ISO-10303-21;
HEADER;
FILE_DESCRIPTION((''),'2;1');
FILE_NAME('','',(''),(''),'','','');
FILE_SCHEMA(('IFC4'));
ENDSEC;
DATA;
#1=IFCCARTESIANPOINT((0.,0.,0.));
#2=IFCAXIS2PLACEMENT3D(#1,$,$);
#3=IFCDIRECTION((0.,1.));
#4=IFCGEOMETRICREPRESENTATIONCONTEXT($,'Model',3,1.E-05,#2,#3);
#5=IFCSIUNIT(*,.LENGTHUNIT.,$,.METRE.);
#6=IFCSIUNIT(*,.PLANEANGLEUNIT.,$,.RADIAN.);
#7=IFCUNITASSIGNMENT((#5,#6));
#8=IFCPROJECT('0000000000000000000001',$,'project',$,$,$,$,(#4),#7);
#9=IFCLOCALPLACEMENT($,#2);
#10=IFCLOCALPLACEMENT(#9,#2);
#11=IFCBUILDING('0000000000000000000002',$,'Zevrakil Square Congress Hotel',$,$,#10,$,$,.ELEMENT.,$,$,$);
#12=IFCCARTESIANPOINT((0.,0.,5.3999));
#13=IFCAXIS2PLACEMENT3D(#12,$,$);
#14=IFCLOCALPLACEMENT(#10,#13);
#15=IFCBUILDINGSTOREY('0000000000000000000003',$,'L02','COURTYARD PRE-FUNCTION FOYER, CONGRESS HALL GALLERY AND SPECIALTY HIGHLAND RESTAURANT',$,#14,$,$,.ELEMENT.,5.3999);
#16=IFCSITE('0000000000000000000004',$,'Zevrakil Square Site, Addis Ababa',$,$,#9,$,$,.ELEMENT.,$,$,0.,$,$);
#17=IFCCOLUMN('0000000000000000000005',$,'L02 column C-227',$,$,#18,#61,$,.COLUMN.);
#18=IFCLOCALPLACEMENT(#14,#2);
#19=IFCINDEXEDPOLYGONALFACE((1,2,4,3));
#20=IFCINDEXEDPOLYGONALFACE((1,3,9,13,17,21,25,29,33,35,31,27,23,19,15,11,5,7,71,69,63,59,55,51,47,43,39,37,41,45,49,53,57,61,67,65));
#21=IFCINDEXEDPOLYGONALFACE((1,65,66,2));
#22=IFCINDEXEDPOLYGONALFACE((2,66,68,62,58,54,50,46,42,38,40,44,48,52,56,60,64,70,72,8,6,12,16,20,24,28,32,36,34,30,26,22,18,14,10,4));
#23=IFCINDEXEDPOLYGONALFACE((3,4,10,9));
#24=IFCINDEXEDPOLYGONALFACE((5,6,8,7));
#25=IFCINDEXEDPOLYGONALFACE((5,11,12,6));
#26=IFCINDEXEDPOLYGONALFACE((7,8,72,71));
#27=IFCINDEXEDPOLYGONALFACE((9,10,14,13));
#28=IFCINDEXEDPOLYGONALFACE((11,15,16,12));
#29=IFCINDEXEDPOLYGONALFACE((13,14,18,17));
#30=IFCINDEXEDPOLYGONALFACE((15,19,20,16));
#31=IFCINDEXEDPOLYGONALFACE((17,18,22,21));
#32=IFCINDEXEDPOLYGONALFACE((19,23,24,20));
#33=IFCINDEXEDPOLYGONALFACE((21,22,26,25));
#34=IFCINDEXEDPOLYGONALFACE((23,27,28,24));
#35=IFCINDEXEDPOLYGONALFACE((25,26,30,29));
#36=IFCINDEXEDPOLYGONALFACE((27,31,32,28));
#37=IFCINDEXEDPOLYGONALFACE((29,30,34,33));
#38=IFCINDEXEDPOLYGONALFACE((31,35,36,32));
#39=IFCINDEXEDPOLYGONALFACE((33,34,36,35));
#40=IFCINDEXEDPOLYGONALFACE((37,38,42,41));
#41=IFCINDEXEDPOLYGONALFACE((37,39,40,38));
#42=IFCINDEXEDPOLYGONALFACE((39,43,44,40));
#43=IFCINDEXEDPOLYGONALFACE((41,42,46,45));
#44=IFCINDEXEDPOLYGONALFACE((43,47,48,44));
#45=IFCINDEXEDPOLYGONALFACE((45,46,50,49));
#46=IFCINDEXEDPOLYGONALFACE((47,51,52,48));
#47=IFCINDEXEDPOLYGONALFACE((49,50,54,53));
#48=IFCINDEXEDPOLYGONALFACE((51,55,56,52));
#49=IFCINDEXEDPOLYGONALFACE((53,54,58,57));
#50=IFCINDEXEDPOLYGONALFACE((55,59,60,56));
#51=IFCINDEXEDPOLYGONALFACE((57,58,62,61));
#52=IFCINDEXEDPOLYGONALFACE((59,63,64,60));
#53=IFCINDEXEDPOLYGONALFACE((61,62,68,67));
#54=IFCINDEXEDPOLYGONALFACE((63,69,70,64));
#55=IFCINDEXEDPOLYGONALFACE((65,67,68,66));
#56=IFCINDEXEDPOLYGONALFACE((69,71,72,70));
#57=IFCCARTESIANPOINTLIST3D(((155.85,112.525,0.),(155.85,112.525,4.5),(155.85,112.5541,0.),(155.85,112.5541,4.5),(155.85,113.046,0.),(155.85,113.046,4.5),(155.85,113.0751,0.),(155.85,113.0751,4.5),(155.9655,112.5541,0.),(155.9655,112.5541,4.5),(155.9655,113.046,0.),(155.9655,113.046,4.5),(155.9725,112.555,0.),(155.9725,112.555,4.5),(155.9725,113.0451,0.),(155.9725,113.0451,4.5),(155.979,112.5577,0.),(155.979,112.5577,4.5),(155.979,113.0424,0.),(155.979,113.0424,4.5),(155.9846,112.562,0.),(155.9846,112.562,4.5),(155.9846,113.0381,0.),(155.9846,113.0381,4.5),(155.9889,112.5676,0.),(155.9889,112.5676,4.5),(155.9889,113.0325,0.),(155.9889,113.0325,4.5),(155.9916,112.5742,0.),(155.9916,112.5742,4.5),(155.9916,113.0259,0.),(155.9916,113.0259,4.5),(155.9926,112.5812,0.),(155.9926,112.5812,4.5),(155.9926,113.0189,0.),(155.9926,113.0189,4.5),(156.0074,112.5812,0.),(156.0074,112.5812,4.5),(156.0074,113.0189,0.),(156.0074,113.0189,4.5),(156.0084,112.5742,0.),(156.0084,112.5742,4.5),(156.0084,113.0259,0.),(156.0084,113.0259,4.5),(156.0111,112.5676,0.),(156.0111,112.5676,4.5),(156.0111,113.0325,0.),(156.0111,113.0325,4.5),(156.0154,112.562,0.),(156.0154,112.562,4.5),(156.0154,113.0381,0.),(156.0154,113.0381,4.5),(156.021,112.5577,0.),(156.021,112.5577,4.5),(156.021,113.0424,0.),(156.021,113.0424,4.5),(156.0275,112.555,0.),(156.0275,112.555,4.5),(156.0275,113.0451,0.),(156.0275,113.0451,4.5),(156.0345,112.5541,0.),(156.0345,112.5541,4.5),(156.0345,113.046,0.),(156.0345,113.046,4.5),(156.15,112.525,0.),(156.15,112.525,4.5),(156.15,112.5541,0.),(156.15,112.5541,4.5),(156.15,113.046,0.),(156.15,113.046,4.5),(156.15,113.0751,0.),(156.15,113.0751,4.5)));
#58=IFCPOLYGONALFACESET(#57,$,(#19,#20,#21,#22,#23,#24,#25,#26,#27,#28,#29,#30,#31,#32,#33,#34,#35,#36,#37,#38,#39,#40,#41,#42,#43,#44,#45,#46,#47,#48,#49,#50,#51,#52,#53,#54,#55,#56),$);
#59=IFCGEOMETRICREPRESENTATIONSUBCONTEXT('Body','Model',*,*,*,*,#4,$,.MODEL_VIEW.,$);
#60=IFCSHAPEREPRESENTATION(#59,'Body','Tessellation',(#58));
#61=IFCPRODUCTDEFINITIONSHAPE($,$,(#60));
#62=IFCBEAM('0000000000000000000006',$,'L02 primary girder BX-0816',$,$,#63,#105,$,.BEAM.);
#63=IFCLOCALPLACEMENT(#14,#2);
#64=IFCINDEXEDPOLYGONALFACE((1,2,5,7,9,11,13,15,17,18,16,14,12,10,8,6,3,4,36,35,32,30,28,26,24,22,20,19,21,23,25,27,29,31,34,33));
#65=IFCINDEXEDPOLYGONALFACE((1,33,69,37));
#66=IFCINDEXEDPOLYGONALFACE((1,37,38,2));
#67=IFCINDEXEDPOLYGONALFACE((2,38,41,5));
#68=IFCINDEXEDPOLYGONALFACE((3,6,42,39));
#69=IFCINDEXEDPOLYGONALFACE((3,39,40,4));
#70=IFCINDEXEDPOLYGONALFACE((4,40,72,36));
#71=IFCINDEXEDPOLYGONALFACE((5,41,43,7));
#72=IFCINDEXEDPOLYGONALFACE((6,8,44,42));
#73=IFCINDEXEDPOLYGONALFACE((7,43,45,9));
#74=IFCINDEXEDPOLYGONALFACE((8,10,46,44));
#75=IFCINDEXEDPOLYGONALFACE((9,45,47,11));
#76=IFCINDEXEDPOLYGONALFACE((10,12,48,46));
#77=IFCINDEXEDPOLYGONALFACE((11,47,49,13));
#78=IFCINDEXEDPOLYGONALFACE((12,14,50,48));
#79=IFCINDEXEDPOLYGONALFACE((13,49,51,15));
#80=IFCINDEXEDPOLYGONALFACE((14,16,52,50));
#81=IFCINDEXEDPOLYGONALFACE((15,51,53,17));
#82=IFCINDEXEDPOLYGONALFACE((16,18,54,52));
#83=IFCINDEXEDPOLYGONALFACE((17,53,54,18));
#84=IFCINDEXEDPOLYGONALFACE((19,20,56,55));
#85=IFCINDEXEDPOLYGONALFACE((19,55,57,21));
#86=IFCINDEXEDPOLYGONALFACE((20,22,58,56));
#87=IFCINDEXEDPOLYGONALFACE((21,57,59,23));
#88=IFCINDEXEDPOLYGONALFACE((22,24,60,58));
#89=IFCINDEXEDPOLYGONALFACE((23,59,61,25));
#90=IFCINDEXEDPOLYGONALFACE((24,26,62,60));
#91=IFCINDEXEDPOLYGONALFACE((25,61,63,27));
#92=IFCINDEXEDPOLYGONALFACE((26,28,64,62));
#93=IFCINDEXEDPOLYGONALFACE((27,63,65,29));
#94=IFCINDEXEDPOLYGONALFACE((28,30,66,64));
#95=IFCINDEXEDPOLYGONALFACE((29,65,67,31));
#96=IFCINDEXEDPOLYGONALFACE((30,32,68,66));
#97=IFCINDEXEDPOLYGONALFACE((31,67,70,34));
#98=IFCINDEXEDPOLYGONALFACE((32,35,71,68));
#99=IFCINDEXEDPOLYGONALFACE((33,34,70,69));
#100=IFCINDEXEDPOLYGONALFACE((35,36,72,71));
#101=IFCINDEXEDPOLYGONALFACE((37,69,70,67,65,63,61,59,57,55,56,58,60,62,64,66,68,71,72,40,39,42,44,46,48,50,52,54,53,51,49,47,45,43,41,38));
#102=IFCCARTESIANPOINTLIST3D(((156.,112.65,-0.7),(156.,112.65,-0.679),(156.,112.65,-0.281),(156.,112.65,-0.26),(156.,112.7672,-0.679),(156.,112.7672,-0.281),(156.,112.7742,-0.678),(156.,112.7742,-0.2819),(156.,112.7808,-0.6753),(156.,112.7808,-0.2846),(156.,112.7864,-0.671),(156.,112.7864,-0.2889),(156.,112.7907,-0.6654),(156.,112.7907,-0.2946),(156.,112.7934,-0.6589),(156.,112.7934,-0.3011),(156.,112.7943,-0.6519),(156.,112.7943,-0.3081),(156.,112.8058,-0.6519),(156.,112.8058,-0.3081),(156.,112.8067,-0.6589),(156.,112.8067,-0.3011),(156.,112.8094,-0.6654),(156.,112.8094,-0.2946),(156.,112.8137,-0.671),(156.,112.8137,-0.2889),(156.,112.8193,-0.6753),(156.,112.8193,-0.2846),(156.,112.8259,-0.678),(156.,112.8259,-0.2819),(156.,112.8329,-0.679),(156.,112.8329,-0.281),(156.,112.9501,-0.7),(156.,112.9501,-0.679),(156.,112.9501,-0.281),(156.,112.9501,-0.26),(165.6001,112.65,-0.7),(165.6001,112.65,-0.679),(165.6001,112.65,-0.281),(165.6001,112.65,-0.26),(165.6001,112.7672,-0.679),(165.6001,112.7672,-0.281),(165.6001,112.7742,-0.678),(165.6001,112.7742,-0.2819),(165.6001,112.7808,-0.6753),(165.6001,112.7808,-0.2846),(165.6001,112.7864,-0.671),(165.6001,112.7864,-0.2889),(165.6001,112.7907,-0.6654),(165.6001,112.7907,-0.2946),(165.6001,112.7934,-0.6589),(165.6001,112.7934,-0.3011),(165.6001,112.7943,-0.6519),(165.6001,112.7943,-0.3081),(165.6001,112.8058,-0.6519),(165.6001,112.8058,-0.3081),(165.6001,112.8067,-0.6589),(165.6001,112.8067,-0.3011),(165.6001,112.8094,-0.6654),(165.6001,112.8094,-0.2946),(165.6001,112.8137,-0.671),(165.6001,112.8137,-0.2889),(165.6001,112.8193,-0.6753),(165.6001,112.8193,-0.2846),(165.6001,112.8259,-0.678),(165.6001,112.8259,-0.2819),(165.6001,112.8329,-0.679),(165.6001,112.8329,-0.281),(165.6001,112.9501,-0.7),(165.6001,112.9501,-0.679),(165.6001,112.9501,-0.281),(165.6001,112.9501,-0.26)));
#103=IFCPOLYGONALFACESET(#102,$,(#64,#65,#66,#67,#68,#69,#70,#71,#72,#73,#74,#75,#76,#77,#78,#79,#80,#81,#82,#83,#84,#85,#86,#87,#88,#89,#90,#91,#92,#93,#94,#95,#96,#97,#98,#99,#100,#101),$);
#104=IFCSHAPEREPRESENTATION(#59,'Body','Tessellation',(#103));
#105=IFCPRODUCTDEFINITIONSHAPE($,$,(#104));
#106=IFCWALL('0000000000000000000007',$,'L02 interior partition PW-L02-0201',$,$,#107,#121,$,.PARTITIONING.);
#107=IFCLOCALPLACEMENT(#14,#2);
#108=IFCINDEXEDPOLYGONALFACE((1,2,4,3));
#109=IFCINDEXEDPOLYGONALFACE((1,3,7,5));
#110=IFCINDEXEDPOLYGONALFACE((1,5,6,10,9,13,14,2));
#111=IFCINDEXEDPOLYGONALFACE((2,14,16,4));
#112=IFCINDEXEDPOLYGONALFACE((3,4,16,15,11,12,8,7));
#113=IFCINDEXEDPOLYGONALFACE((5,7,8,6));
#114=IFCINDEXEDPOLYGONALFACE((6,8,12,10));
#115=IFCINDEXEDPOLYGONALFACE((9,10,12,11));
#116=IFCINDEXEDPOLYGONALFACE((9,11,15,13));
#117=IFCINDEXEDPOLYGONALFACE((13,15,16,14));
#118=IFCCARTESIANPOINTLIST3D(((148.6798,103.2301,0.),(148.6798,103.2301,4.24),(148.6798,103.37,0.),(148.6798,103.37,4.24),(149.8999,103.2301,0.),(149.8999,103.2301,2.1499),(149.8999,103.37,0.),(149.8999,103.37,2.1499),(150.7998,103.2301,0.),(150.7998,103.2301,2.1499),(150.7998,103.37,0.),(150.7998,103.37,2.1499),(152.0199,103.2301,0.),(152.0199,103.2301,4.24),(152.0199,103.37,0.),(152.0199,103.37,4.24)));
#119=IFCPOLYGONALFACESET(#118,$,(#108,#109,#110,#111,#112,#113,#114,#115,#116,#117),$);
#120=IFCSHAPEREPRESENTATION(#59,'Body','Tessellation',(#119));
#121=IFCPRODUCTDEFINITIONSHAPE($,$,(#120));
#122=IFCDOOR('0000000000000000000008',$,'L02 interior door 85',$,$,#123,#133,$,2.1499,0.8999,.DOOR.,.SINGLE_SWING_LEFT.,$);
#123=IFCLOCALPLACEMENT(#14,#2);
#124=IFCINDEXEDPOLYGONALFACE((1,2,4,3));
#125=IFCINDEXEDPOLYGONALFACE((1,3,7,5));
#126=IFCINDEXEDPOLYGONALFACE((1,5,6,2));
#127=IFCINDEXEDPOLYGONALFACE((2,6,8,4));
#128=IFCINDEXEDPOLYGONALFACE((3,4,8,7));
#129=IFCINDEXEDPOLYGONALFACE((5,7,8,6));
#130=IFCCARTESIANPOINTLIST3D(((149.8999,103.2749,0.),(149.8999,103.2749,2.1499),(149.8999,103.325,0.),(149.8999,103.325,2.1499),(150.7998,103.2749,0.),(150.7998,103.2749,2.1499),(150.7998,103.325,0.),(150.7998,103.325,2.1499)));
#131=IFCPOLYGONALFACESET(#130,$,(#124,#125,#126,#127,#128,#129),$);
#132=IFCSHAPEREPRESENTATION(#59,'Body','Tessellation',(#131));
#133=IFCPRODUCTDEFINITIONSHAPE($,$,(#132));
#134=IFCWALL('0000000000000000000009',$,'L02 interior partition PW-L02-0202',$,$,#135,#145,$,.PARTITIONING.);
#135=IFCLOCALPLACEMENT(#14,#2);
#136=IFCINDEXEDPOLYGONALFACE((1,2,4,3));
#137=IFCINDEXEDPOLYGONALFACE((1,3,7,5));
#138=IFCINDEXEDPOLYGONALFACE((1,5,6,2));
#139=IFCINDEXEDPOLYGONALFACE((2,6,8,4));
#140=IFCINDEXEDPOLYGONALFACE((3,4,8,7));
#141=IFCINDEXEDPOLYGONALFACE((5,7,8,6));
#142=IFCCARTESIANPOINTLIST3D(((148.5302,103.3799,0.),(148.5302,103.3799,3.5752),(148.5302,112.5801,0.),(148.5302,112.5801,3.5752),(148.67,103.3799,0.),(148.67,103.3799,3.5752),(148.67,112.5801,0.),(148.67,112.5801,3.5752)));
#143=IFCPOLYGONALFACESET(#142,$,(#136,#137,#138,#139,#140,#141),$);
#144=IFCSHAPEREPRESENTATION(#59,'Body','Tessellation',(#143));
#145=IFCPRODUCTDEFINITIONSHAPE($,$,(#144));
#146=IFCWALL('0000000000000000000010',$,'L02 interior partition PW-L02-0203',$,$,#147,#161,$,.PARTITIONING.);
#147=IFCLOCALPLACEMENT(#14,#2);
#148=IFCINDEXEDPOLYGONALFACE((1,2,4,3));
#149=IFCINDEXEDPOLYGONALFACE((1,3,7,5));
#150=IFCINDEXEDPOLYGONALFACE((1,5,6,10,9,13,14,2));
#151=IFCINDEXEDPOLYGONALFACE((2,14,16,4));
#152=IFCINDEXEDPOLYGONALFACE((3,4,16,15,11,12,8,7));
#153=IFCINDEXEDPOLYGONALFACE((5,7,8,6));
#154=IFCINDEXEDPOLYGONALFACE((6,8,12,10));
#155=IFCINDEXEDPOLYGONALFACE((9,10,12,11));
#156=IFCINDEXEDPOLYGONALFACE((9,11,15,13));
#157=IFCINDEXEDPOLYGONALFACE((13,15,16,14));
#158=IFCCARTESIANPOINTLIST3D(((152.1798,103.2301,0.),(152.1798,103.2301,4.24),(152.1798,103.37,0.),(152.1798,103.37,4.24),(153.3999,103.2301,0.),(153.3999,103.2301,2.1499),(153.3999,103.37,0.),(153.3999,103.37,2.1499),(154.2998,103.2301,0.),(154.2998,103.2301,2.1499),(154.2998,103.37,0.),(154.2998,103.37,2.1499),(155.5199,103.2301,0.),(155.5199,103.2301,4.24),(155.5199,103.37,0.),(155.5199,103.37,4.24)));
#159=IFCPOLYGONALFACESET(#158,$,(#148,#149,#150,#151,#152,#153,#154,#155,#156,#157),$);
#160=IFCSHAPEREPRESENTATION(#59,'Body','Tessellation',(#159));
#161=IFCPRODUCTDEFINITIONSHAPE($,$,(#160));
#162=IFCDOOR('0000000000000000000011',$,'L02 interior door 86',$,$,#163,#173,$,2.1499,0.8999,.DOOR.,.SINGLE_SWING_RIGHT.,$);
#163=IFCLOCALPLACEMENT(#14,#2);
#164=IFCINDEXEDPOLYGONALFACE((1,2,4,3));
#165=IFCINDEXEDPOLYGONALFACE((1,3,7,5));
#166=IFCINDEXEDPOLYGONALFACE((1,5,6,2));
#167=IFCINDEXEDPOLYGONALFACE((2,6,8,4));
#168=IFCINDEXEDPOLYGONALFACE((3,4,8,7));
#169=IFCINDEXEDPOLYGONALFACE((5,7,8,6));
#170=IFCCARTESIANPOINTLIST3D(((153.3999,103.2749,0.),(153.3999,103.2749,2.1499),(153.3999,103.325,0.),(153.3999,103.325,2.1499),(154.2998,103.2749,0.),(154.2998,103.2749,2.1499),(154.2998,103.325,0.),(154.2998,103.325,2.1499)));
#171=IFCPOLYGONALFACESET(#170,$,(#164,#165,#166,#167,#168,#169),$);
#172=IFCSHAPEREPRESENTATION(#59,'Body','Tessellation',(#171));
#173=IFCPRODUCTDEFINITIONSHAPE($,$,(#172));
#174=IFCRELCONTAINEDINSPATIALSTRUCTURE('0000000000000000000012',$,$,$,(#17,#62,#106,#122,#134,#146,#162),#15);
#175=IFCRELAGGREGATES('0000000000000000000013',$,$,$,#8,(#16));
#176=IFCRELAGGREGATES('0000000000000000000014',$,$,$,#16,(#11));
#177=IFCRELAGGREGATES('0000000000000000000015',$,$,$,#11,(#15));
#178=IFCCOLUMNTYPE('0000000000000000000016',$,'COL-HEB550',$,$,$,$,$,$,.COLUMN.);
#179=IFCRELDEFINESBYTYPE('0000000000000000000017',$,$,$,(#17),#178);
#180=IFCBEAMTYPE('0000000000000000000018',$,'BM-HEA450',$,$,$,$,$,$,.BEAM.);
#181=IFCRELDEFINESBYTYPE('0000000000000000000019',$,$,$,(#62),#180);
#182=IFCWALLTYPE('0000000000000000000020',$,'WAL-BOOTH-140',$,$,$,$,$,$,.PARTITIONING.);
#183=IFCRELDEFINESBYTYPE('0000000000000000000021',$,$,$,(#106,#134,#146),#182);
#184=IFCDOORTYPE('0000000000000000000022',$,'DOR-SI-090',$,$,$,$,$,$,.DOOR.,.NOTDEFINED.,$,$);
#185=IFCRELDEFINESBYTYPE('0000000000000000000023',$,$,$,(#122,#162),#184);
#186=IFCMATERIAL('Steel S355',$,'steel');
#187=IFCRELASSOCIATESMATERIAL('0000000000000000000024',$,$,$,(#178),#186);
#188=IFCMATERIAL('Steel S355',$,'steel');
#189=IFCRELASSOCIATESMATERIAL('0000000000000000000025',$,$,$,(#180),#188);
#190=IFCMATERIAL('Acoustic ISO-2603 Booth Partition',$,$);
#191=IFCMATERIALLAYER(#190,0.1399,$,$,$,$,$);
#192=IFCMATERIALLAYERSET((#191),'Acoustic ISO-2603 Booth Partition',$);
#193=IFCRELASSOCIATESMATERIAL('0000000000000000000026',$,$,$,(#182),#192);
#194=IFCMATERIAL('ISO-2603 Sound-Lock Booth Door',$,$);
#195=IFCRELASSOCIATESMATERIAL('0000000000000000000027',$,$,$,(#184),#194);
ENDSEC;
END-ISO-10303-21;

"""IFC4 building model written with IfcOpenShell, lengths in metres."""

from ifc_helpers import new_model, si_unit, direction, frame, frame_2d, origin, origin_2d, place, context, subcontext, project, spatial, rectangle, i_section, extrude, material, layer, layer_set, material_profile, profile_set, type_object, element, fill, save


model = new_model("IFC4")

# Units and contexts
model_context = context("Model", 3, precision=1e-05, world=origin(), true_north=direction((0.0, 1.0)))
body_context = subcontext(model_context, "Body", "Model", "MODEL_VIEW")
ifc_project = project(units=[si_unit("LENGTHUNIT", "METRE"), si_unit("PLANEANGLEUNIT", "RADIAN")], contexts=[model_context])

# Site, building, storey
site_placement = place(None, origin())
site = spatial("IfcSite", under=ifc_project, at=site_placement, Name="Zevrakil Square Site, Addis Ababa", CompositionType="ELEMENT", RefElevation=0.0)
building_placement = place(site_placement, origin())
building = spatial("IfcBuilding", under=site, at=building_placement, Name="Zevrakil Square Congress Hotel", CompositionType="ELEMENT")
storey_placement = place(building_placement, frame((0.0, 0.0, 5.3999)))
storey = spatial("IfcBuildingStorey", under=building, at=storey_placement, Name="L02", Description="COURTYARD PRE-FUNCTION FOYER, CONGRESS HALL GALLERY AND SPECIALTY HIGHLAND RESTAURANT", CompositionType="ELEMENT", Elevation=5.3999)

# Column
ifc_material_1 = material(Name="Steel S355", Category="steel")
ifc_material_profile_1 = material_profile(ifc_material_1, i_section(OverallWidth=0.3, OverallDepth=0.55, WebThickness=0.0149, FlangeThickness=0.0291, FilletRadius=0.0271, at=origin_2d()), Name="HEB 550")
ifc_profile_set_1 = profile_set([ifc_material_profile_1], Name="Steel S355")
column_type = type_object("IfcColumnType", Name="COL-HEB550", PredefinedType="COLUMN", material=ifc_profile_set_1)
column_placement = place(storey_placement, frame((156.0, 112.8, 0.0), z_axis=(0.0, 0.0, 1.0), x_axis=(1.0, 0.0, 0.0)))
element("IfcColumn", 1, at=column_placement, inside=storey, type_object=column_type, Name="L02 column C-227", PredefinedType="COLUMN", context=body_context, shape_type="SweptSolid", body=[
    extrude(i_section(OverallWidth=0.3, OverallDepth=0.55, WebThickness=0.0149, FlangeThickness=0.0291, FilletRadius=0.0271, at=origin_2d()), origin(), (0.0, 0.0, 1.0), 4.5),
])

# Beam
ifc_material_2 = material(Name="Steel S355", Category="steel")
ifc_material_profile_2 = material_profile(ifc_material_2, i_section(OverallWidth=0.3, OverallDepth=0.4399, WebThickness=0.0115, FlangeThickness=0.021, FilletRadius=0.0271, at=origin_2d()), Name="HEA 450")
ifc_profile_set_2 = profile_set([ifc_material_profile_2], Name="Steel S355")
beam_type = type_object("IfcBeamType", Name="BM-HEA450", PredefinedType="BEAM", material=ifc_profile_set_2)
beam_placement = place(storey_placement, frame((156.0, 112.8, -0.48), z_axis=(1.0, 0.0, 0.0), x_axis=(0.0, 1.0, 0.0)))
element("IfcBeam", 2, at=beam_placement, inside=storey, type_object=beam_type, Name="L02 primary girder BX-0816", PredefinedType="BEAM", context=body_context, shape_type="SweptSolid", body=[
    extrude(i_section(OverallWidth=0.3, OverallDepth=0.4399, WebThickness=0.0115, FlangeThickness=0.021, FilletRadius=0.0271, at=origin_2d()), origin(), (0.0, 0.0, 1.0), 9.6001),
])

# Wall, opening, door
ifc_material_3 = material(Name="Acoustic ISO-2603 Booth Partition")
ifc_layer_1 = layer(ifc_material_3, 0.1399)
ifc_layer_set_1 = layer_set([ifc_layer_1], Name="Acoustic ISO-2603 Booth Partition")
wall_type_1 = type_object("IfcWallType", Name="WAL-BOOTH-140", PredefinedType="PARTITIONING", material=ifc_layer_set_1)
wall_1_placement = place(storey_placement, frame((148.6799, 103.3, 0.0), z_axis=(0.0, 0.0, 1.0), x_axis=(1.0, 0.0, 0.0)))
wall_1 = element("IfcWall", 3, at=wall_1_placement, inside=storey, type_object=wall_type_1, Name="L02 interior partition PW-L02-0201", PredefinedType="PARTITIONING", context=body_context, shape_type="SweptSolid", body=[
    extrude(rectangle(XDim=3.3401, YDim=0.1399, at=frame_2d((1.6699, 0.0))), origin(), (0.0, 0.0, 1.0), 4.24),
])
opening_1_placement = place(wall_1_placement, frame((1.22, 0.0, 0.0)))
opening_1 = element("IfcOpeningElement", 4, at=opening_1_placement, cuts=wall_1, PredefinedType="OPENING", context=body_context, shape_type="SweptSolid", body=[
    extrude(rectangle(XDim=0.8999, YDim=2.1499, at=frame_2d((0.45, 1.075))), frame((0.0, 0.0801, 0.0), z_axis=(0.0, -1.0, 0.0), x_axis=(1.0, 0.0, 0.0)), (0.0, 0.0, 1.0), 0.1599),
])
ifc_material_4 = material(Name="ISO-2603 Sound-Lock Booth Door")
door_type_1 = type_object("IfcDoorType", Name="DOR-SI-090", OperationType="NOTDEFINED", PredefinedType="DOOR", material=ifc_material_4)
door_1_placement = place(opening_1_placement, origin())
door_1 = element("IfcDoor", 5, at=door_1_placement, inside=storey, type_object=door_type_1, Name="L02 interior door 85", OperationType="SINGLE_SWING_LEFT", OverallHeight=2.1499, OverallWidth=0.8999, PredefinedType="DOOR", context=body_context, shape_type="SweptSolid", body=[
    extrude(rectangle(XDim=0.8999, YDim=2.1499, at=frame_2d((0.45, 1.075))), frame((0.0, 0.0249, 0.0), z_axis=(0.0, -1.0, 0.0), x_axis=(1.0, 0.0, 0.0)), (0.0, 0.0, 1.0), 0.05),
])
fill(opening_1, door_1)

# Wall
wall_2_placement = place(storey_placement, frame((148.6001, 103.3799, 0.0), z_axis=(0.0, 0.0, 1.0), x_axis=(0.0, 1.0, 0.0)))
element("IfcWall", 6, at=wall_2_placement, inside=storey, type_object=wall_type_1, Name="L02 interior partition PW-L02-0202", PredefinedType="PARTITIONING", context=body_context, shape_type="SweptSolid", body=[
    extrude(rectangle(XDim=9.2002, YDim=0.1399, at=frame_2d((4.6001, 0.0))), origin(), (0.0, 0.0, 1.0), 3.5752),
])

# Wall, opening, door
wall_3_placement = place(storey_placement, frame((152.1799, 103.3, 0.0), z_axis=(0.0, 0.0, 1.0), x_axis=(1.0, 0.0, 0.0)))
wall_3 = element("IfcWall", 7, at=wall_3_placement, inside=storey, type_object=wall_type_1, Name="L02 interior partition PW-L02-0203", PredefinedType="PARTITIONING", context=body_context, shape_type="SweptSolid", body=[
    extrude(rectangle(XDim=3.3401, YDim=0.1399, at=frame_2d((1.6699, 0.0))), origin(), (0.0, 0.0, 1.0), 4.24),
])
opening_2_placement = place(wall_3_placement, frame((1.22, 0.0, 0.0)))
opening_2 = element("IfcOpeningElement", 8, at=opening_2_placement, cuts=wall_3, PredefinedType="OPENING", context=body_context, shape_type="SweptSolid", body=[
    extrude(rectangle(XDim=0.8999, YDim=2.1499, at=frame_2d((0.45, 1.075))), frame((0.0, 0.0801, 0.0), z_axis=(0.0, -1.0, 0.0), x_axis=(1.0, 0.0, 0.0)), (0.0, 0.0, 1.0), 0.1599),
])
door_2_placement = place(opening_2_placement, origin())
door_2 = element("IfcDoor", 9, at=door_2_placement, inside=storey, type_object=door_type_1, Name="L02 interior door 86", OperationType="SINGLE_SWING_RIGHT", OverallHeight=2.1499, OverallWidth=0.8999, PredefinedType="DOOR", context=body_context, shape_type="SweptSolid", body=[
    extrude(rectangle(XDim=0.8999, YDim=2.1499, at=frame_2d((0.45, 1.075))), frame((0.0, 0.0249, 0.0), z_axis=(0.0, -1.0, 0.0), x_axis=(1.0, 0.0, 0.0)), (0.0, 0.0, 1.0), 0.05),
])
fill(opening_2, door_2)

save(model, "model.ifc")
